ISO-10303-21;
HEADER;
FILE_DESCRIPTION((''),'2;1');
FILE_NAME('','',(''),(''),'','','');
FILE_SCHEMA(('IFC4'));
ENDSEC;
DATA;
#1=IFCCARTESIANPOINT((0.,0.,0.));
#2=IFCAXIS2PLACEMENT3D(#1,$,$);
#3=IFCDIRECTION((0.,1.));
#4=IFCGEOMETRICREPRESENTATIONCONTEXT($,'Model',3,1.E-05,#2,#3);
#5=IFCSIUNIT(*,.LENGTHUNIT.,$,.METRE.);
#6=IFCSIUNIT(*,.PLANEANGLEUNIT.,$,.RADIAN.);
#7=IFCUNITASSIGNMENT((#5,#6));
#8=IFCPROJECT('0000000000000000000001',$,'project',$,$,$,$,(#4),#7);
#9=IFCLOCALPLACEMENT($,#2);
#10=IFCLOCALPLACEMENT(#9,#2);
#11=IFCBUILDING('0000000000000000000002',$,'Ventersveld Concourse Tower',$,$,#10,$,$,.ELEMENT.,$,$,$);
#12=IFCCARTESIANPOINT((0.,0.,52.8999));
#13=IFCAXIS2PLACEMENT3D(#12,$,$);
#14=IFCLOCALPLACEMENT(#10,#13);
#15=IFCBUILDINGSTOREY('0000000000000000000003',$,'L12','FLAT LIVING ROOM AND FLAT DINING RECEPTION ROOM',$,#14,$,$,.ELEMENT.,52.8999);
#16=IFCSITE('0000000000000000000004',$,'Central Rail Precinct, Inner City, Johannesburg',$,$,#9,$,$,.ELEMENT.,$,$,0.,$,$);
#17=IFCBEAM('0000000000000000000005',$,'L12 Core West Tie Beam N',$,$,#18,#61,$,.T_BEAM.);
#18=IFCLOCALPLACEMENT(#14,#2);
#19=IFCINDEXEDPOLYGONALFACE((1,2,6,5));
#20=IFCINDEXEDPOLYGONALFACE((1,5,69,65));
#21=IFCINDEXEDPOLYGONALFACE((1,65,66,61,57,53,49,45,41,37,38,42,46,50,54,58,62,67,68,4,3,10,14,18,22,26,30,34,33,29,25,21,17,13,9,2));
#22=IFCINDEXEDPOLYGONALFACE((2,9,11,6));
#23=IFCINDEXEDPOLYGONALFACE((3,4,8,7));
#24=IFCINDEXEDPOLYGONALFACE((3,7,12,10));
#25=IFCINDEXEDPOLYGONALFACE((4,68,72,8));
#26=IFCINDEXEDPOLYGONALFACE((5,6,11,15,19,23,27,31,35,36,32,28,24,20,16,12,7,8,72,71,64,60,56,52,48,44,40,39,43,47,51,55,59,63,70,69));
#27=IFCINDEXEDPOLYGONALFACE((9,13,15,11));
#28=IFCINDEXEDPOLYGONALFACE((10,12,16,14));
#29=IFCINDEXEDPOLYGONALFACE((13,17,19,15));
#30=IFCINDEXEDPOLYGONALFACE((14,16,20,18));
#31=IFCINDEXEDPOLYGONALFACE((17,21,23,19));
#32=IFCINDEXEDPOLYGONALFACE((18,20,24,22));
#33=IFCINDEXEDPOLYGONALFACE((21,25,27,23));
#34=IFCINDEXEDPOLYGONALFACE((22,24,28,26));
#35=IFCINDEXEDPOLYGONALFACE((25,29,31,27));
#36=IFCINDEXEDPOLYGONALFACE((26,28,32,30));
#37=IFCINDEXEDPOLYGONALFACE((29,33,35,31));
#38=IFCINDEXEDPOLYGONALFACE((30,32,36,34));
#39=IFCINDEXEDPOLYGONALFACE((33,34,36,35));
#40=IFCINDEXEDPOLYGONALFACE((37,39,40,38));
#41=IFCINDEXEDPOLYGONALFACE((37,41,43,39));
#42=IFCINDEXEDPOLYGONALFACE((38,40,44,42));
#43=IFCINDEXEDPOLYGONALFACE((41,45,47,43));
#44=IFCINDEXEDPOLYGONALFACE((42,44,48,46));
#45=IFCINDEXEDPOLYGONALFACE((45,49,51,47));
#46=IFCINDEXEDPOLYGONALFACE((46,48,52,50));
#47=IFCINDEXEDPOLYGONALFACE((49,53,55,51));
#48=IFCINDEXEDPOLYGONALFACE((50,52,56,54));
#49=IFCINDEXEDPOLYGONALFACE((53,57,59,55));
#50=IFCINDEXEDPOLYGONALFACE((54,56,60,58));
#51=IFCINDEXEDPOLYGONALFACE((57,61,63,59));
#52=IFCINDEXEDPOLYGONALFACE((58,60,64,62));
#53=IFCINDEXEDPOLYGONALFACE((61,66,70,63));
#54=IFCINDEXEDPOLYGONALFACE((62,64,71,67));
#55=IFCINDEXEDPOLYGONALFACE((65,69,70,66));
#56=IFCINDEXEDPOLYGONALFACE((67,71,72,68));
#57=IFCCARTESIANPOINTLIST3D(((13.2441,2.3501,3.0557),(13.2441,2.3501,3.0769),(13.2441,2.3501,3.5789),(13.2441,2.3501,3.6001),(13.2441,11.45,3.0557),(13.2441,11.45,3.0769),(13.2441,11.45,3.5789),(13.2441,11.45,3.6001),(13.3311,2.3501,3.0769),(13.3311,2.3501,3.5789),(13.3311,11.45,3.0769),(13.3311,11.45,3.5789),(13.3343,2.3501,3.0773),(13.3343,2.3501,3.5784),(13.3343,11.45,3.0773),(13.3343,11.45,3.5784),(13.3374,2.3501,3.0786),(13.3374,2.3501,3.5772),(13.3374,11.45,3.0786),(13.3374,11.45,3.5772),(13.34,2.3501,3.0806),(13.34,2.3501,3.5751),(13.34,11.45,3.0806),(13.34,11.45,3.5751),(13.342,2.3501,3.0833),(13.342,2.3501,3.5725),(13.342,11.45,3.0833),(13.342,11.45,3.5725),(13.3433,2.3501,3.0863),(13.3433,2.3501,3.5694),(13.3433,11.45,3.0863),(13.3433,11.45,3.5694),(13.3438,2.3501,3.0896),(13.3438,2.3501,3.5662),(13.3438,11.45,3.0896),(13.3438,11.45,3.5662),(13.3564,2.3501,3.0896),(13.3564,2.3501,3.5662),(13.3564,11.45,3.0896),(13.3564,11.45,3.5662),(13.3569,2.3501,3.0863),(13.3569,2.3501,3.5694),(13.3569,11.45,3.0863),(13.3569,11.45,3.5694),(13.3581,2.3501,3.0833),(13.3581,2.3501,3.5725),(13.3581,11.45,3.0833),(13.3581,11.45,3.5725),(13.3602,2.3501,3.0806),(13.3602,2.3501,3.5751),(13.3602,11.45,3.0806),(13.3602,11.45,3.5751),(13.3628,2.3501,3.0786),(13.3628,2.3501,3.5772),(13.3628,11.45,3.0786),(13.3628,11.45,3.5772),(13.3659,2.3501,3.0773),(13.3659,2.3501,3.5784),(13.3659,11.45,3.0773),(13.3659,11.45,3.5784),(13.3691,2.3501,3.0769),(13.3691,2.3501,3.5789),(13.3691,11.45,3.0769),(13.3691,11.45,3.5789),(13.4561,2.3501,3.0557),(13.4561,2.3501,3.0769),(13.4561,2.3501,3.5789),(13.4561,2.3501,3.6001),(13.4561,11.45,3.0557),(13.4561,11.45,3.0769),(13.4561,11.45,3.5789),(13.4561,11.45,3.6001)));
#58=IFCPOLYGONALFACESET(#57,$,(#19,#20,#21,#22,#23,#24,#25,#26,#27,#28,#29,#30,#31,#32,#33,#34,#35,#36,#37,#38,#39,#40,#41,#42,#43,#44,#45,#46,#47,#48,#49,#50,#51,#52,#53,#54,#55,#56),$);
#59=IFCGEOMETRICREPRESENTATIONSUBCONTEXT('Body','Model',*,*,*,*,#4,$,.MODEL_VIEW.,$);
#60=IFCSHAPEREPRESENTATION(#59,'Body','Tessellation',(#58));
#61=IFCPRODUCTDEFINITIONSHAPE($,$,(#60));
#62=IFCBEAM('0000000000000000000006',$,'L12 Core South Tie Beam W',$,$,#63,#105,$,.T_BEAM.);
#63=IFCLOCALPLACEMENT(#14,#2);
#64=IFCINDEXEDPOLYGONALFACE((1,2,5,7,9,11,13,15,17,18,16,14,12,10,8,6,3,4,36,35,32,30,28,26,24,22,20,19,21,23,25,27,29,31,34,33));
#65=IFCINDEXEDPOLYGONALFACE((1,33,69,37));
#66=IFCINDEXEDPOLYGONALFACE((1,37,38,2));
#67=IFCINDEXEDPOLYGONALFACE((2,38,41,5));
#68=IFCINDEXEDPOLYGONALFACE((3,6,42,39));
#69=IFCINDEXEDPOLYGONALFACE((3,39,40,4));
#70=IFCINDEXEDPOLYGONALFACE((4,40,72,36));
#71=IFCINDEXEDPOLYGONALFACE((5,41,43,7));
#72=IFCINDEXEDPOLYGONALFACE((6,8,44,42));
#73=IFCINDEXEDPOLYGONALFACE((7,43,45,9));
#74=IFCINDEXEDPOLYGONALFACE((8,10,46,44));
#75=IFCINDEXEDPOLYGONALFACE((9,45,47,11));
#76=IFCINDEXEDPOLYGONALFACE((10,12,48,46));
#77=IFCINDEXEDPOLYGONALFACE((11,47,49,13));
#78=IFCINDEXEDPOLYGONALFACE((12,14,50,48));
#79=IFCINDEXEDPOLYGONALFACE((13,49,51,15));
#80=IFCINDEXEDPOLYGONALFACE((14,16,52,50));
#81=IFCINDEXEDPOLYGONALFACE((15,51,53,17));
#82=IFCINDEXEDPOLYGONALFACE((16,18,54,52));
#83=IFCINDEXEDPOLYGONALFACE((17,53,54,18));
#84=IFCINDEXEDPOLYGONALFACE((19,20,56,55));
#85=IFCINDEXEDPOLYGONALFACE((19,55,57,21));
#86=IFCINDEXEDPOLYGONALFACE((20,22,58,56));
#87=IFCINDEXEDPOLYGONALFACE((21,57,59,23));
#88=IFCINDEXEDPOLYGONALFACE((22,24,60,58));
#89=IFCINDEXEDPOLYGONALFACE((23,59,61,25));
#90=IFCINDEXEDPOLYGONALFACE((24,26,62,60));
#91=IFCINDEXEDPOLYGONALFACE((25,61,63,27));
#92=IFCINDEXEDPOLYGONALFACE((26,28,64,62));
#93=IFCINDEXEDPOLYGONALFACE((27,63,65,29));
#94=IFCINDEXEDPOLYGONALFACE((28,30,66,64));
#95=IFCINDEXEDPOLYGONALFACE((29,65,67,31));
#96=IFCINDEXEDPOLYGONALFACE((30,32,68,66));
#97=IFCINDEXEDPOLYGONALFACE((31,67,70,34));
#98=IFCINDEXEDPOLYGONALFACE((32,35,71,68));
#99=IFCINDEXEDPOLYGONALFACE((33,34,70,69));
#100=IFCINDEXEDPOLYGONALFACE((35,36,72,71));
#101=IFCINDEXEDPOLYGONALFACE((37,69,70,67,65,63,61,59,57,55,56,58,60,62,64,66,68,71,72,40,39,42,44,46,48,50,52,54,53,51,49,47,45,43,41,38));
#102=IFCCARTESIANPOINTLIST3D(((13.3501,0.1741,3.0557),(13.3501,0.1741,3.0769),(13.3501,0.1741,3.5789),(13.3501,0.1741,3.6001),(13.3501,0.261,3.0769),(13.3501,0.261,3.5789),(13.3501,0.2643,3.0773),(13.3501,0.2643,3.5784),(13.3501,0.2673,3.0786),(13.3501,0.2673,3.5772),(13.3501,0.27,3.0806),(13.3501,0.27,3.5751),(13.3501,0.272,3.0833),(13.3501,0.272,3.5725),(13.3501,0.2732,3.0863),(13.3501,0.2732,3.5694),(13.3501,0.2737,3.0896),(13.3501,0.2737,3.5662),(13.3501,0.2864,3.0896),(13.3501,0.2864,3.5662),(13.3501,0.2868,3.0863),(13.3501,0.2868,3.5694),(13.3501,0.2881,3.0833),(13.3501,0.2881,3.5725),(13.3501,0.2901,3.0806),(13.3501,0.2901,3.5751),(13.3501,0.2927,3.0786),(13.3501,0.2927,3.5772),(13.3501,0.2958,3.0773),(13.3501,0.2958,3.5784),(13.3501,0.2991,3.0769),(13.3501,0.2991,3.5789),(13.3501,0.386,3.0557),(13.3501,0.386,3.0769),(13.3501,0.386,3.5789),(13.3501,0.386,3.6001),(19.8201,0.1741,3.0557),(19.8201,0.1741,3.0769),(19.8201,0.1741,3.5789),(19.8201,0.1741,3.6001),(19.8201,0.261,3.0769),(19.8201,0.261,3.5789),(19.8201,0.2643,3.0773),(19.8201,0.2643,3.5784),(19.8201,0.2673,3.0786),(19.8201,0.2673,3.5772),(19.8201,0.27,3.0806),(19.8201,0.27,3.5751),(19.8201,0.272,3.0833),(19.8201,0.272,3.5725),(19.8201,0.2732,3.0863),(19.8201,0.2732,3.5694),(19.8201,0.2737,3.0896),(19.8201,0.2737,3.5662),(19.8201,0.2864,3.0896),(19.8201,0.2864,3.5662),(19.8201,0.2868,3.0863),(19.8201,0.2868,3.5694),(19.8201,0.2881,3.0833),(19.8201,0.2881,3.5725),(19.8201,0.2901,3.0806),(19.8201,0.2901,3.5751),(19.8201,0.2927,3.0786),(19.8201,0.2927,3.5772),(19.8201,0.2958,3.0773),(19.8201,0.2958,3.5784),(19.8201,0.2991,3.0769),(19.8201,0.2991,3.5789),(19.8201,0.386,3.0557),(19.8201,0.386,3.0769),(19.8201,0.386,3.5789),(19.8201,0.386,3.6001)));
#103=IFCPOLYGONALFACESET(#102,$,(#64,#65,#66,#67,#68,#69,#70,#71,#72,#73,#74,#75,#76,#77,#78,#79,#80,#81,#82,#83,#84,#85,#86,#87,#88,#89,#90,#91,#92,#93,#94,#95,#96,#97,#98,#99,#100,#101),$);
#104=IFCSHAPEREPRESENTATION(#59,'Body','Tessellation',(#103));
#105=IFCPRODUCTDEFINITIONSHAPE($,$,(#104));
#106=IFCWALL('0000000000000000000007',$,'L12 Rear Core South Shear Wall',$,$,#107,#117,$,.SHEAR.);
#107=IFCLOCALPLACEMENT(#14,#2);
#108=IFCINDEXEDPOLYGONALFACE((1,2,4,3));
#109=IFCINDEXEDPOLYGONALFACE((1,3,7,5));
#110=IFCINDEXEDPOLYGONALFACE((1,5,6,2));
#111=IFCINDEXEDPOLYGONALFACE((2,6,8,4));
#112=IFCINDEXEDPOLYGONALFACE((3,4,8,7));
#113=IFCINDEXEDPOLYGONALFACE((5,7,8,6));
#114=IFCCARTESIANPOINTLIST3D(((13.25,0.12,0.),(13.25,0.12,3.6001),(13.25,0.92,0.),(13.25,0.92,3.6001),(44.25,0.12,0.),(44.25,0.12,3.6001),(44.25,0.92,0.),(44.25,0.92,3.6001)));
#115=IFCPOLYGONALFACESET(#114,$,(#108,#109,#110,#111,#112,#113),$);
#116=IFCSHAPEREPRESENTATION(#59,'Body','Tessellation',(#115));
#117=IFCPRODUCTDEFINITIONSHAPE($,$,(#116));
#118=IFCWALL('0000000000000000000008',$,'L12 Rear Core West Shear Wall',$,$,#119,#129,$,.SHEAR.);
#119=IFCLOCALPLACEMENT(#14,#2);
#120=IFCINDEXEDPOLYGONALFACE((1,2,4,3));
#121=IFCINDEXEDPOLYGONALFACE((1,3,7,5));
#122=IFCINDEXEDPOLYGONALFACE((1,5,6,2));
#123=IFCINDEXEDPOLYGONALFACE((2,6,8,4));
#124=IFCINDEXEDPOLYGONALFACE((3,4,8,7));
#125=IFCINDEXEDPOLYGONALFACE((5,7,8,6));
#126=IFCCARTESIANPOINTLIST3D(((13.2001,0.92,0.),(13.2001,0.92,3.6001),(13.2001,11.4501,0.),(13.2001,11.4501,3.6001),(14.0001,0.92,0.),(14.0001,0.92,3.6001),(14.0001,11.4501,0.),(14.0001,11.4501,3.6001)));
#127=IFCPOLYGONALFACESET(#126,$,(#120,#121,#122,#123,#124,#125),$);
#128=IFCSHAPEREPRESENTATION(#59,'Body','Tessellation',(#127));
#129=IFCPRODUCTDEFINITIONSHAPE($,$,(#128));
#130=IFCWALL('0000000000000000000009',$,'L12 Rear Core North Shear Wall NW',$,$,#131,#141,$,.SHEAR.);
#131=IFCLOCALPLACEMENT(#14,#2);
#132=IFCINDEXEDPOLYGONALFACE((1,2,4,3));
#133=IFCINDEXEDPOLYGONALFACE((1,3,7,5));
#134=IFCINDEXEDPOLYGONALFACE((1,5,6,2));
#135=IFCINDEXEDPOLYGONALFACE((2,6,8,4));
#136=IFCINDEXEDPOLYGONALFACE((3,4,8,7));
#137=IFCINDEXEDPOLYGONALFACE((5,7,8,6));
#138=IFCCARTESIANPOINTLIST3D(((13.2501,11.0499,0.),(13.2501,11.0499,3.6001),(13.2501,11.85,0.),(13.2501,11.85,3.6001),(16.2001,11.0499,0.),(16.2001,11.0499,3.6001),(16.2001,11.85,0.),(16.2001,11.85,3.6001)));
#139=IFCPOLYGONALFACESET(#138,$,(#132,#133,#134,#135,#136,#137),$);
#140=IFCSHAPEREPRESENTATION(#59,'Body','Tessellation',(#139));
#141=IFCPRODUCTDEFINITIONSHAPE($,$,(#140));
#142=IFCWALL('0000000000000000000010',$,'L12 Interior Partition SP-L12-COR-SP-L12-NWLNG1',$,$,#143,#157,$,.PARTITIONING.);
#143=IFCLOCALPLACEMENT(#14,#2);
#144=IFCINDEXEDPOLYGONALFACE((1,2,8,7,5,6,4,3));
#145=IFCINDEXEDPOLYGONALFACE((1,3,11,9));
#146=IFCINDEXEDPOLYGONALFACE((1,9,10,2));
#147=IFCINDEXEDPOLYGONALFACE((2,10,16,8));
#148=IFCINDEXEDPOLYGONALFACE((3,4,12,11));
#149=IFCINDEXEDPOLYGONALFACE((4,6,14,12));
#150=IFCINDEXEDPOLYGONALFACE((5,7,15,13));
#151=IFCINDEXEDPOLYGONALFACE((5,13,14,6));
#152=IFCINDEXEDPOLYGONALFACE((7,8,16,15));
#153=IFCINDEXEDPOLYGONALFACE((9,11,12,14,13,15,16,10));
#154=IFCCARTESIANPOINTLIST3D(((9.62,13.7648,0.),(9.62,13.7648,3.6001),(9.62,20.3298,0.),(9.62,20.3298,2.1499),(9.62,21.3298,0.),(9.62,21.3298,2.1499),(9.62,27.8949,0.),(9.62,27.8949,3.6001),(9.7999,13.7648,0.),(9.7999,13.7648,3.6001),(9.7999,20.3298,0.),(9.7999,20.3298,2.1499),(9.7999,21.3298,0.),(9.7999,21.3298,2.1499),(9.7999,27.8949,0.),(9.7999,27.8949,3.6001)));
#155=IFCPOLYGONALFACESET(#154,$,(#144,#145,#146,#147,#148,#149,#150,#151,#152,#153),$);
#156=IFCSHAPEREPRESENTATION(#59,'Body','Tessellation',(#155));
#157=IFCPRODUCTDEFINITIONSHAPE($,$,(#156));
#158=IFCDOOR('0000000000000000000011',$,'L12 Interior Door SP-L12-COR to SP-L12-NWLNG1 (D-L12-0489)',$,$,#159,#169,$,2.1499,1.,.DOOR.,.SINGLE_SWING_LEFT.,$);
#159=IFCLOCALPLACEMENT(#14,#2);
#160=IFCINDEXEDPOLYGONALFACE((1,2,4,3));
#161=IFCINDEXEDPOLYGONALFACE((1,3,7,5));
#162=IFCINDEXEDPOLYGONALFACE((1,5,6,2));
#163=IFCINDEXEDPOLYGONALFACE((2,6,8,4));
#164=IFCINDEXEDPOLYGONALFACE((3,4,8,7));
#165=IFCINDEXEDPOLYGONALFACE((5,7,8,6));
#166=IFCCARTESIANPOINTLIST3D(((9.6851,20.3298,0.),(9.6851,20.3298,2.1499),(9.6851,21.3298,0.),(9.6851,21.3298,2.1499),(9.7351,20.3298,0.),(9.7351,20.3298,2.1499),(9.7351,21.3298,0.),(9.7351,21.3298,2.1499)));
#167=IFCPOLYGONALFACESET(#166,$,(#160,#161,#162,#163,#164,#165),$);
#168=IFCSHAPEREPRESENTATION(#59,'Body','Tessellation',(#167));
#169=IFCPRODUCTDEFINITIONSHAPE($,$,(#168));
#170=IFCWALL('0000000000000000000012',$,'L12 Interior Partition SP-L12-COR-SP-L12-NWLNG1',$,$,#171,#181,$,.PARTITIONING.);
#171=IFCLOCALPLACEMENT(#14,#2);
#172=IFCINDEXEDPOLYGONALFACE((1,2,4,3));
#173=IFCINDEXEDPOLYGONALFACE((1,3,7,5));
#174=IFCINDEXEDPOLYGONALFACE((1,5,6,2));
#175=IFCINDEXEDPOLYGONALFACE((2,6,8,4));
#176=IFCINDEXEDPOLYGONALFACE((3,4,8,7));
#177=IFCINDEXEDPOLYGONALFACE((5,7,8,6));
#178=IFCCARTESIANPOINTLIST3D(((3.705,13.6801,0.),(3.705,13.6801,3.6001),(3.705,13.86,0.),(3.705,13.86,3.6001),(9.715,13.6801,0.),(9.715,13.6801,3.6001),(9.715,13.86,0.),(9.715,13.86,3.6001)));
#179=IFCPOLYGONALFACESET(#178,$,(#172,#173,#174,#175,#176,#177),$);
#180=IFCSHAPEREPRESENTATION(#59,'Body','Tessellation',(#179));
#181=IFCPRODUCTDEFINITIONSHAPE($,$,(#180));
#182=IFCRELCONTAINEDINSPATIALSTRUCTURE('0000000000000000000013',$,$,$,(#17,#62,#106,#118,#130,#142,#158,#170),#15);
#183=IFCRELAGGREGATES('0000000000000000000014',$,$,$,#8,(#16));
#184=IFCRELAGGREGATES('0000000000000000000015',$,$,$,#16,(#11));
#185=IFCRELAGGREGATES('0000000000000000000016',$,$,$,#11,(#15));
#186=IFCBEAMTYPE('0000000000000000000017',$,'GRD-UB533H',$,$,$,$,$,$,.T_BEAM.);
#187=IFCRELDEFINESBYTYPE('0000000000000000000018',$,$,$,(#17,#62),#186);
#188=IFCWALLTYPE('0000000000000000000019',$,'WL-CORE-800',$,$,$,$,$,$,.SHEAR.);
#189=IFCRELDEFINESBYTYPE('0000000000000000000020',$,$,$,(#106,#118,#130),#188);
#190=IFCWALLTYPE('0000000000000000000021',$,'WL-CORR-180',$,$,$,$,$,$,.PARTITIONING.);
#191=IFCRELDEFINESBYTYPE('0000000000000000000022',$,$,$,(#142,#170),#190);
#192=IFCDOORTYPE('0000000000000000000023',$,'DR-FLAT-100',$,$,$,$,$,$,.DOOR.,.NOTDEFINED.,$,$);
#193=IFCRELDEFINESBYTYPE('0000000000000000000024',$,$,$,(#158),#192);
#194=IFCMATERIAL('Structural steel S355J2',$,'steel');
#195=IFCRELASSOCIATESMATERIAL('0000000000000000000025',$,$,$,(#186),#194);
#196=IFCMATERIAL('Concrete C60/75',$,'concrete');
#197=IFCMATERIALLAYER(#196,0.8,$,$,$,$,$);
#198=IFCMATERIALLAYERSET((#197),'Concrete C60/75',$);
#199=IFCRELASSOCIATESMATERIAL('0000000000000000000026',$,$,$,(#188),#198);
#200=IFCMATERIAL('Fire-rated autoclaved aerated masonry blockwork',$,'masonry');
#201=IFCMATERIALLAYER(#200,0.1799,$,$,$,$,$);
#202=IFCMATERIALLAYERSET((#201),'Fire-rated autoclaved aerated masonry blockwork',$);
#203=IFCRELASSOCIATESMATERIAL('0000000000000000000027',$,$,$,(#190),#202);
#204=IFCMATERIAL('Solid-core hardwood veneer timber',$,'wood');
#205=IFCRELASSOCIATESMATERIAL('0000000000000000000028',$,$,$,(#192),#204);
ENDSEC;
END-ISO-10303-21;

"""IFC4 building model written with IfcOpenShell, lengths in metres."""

from ifc_helpers import new_model, si_unit, direction, frame, frame_2d, origin, origin_2d, place, context, subcontext, project, spatial, rectangle, i_section, extrude, material, layer, layer_set, material_profile, profile_set, type_object, element, fill, save


model = new_model("IFC4")

# Units and contexts
model_context = context("Model", 3, precision=1e-05, world=origin(), true_north=direction((0.0, 1.0)))
body_context = subcontext(model_context, "Body", "Model", "MODEL_VIEW")
ifc_project = project(units=[si_unit("LENGTHUNIT", "METRE"), si_unit("PLANEANGLEUNIT", "RADIAN")], contexts=[model_context])

# Site, building, storey
site_placement = place(None, origin())
site = spatial("IfcSite", under=ifc_project, at=site_placement, Name="Central Rail Precinct, Inner City, Johannesburg", CompositionType="ELEMENT", RefElevation=0.0)
building_placement = place(site_placement, origin())
building = spatial("IfcBuilding", under=site, at=building_placement, Name="Ventersveld Concourse Tower", CompositionType="ELEMENT")
storey_placement = place(building_placement, frame((0.0, 0.0, 52.8999)))
storey = spatial("IfcBuildingStorey", under=building, at=storey_placement, Name="L12", Description="FLAT LIVING ROOM AND FLAT DINING RECEPTION ROOM", CompositionType="ELEMENT", Elevation=52.8999)

# Beams
ifc_material_1 = material(Name="Structural steel S355J2", Category="steel")
ifc_material_profile_1 = material_profile(ifc_material_1, i_section(OverallWidth=0.2119, OverallDepth=0.5444, WebThickness=0.0127, FlangeThickness=0.0212, FilletRadius=0.0127, at=origin_2d()), Name="UB 533x210x122")
ifc_profile_set_1 = profile_set([ifc_material_profile_1], Name="Structural steel S355J2")
beam_type_1 = type_object("IfcBeamType", Name="GRD-UB533H", PredefinedType="T_BEAM", material=ifc_profile_set_1)
beam_1_placement = place(storey_placement, frame((13.3501, 2.3501, 3.3279), z_axis=(0.0, 1.0, 0.0), x_axis=(-1.0, 0.0, 0.0)))
element("IfcBeam", 1, at=beam_1_placement, inside=storey, type_object=beam_type_1, Name="L12 Core West Tie Beam N", PredefinedType="T_BEAM", context=body_context, shape_type="SweptSolid", body=[
    extrude(i_section(OverallWidth=0.2119, OverallDepth=0.5444, WebThickness=0.0127, FlangeThickness=0.0212, FilletRadius=0.0127, at=origin_2d()), origin(), (0.0, 0.0, 1.0), 9.0999),
])
beam_2_placement = place(storey_placement, frame((13.3501, 0.28, 3.3279), z_axis=(1.0, 0.0, 0.0), x_axis=(0.0, 1.0, 0.0)))
element("IfcBeam", 2, at=beam_2_placement, inside=storey, type_object=beam_type_1, Name="L12 Core South Tie Beam W", PredefinedType="T_BEAM", context=body_context, shape_type="SweptSolid", body=[
    extrude(i_section(OverallWidth=0.2119, OverallDepth=0.5444, WebThickness=0.0127, FlangeThickness=0.0212, FilletRadius=0.0127, at=origin_2d()), origin(), (0.0, 0.0, 1.0), 6.47),
])

# Walls
ifc_material_2 = material(Name="Concrete C60/75", Category="concrete")
ifc_layer_1 = layer(ifc_material_2, 0.8)
ifc_layer_set_1 = layer_set([ifc_layer_1], Name="Concrete C60/75")
wall_type_1 = type_object("IfcWallType", Name="WL-CORE-800", PredefinedType="SHEAR", material=ifc_layer_set_1)
wall_1_placement = place(storey_placement, frame((13.25, 0.52, 0.0), z_axis=(0.0, 0.0, 1.0), x_axis=(1.0, 0.0, 0.0)))
element("IfcWall", 3, at=wall_1_placement, inside=storey, type_object=wall_type_1, Name="L12 Rear Core South Shear Wall", PredefinedType="SHEAR", context=body_context, shape_type="SweptSolid", body=[
    extrude(rectangle(XDim=31.0, YDim=0.8, at=frame_2d((15.5, 0.0))), origin(), (0.0, 0.0, 1.0), 3.6001),
])
wall_2_placement = place(storey_placement, frame((13.6001, 0.9199, 0.0), z_axis=(0.0, 0.0, 1.0), x_axis=(0.0, 1.0, 0.0)))
element("IfcWall", 4, at=wall_2_placement, inside=storey, type_object=wall_type_1, Name="L12 Rear Core West Shear Wall", PredefinedType="SHEAR", context=body_context, shape_type="SweptSolid", body=[
    extrude(rectangle(XDim=10.53, YDim=0.8, at=frame_2d((5.2651, 0.0))), origin(), (0.0, 0.0, 1.0), 3.6001),
])
wall_3_placement = place(storey_placement, frame((13.25, 11.45, 0.0), z_axis=(0.0, 0.0, 1.0), x_axis=(1.0, 0.0, 0.0)))
element("IfcWall", 5, at=wall_3_placement, inside=storey, type_object=wall_type_1, Name="L12 Rear Core North Shear Wall NW", PredefinedType="SHEAR", context=body_context, shape_type="SweptSolid", body=[
    extrude(rectangle(XDim=2.95, YDim=0.8, at=frame_2d((1.4751, 0.0))), origin(), (0.0, 0.0, 1.0), 3.6001),
])

# Wall, opening, door
ifc_material_3 = material(Name="Fire-rated autoclaved aerated masonry blockwork", Category="masonry")
ifc_layer_2 = layer(ifc_material_3, 0.1799)
ifc_layer_set_2 = layer_set([ifc_layer_2], Name="Fire-rated autoclaved aerated masonry blockwork")
wall_type_2 = type_object("IfcWallType", Name="WL-CORR-180", PredefinedType="PARTITIONING", material=ifc_layer_set_2)
wall_4_placement = place(storey_placement, frame((9.71, 13.7649, 0.0), z_axis=(0.0, 0.0, 1.0), x_axis=(0.0, 1.0, 0.0)))
wall_4 = element("IfcWall", 6, at=wall_4_placement, inside=storey, type_object=wall_type_2, Name="L12 Interior Partition SP-L12-COR-SP-L12-NWLNG1", PredefinedType="PARTITIONING", context=body_context, shape_type="SweptSolid", body=[
    extrude(rectangle(XDim=14.1301, YDim=0.1799, at=frame_2d((7.0649, 0.0))), origin(), (0.0, 0.0, 1.0), 3.6001),
])
opening_1_placement = place(wall_4_placement, frame((6.5649, 0.0, 0.0)))
opening_1 = element("IfcOpeningElement", 7, at=opening_1_placement, cuts=wall_4, PredefinedType="OPENING", context=body_context, shape_type="SweptSolid", body=[
    extrude(rectangle(XDim=1.0, YDim=2.1499, at=frame_2d((0.5, 1.075))), frame((0.0, 0.1001, 0.0), z_axis=(0.0, -1.0, 0.0), x_axis=(1.0, 0.0, 0.0)), (0.0, 0.0, 1.0), 0.2),
])
ifc_material_4 = material(Name="Solid-core hardwood veneer timber", Category="wood")
door_type_1 = type_object("IfcDoorType", Name="DR-FLAT-100", OperationType="NOTDEFINED", PredefinedType="DOOR", material=ifc_material_4)
door_1_placement = place(opening_1_placement, origin())
door_1 = element("IfcDoor", 8, at=door_1_placement, inside=storey, type_object=door_type_1, Name="L12 Interior Door SP-L12-COR to SP-L12-NWLNG1 (D-L12-0489)", OperationType="SINGLE_SWING_LEFT", OverallHeight=2.1499, OverallWidth=1.0, PredefinedType="DOOR", context=body_context, shape_type="SweptSolid", body=[
    extrude(rectangle(XDim=1.0, YDim=2.1499, at=frame_2d((0.5, 1.075))), frame((0.0, 0.0249, 0.0), z_axis=(0.0, -1.0, 0.0), x_axis=(1.0, 0.0, 0.0)), (0.0, 0.0, 1.0), 0.05),
])
fill(opening_1, door_1)

# Wall
wall_5_placement = place(storey_placement, frame((3.7051, 13.77, 0.0), z_axis=(0.0, 0.0, 1.0), x_axis=(1.0, 0.0, 0.0)))
element("IfcWall", 9, at=wall_5_placement, inside=storey, type_object=wall_type_2, Name="L12 Interior Partition SP-L12-COR-SP-L12-NWLNG1", PredefinedType="PARTITIONING", context=body_context, shape_type="SweptSolid", body=[
    extrude(rectangle(XDim=6.01, YDim=0.1799, at=frame_2d((3.0049, 0.0))), origin(), (0.0, 0.0, 1.0), 3.6001),
])

save(model, "model.ifc")
